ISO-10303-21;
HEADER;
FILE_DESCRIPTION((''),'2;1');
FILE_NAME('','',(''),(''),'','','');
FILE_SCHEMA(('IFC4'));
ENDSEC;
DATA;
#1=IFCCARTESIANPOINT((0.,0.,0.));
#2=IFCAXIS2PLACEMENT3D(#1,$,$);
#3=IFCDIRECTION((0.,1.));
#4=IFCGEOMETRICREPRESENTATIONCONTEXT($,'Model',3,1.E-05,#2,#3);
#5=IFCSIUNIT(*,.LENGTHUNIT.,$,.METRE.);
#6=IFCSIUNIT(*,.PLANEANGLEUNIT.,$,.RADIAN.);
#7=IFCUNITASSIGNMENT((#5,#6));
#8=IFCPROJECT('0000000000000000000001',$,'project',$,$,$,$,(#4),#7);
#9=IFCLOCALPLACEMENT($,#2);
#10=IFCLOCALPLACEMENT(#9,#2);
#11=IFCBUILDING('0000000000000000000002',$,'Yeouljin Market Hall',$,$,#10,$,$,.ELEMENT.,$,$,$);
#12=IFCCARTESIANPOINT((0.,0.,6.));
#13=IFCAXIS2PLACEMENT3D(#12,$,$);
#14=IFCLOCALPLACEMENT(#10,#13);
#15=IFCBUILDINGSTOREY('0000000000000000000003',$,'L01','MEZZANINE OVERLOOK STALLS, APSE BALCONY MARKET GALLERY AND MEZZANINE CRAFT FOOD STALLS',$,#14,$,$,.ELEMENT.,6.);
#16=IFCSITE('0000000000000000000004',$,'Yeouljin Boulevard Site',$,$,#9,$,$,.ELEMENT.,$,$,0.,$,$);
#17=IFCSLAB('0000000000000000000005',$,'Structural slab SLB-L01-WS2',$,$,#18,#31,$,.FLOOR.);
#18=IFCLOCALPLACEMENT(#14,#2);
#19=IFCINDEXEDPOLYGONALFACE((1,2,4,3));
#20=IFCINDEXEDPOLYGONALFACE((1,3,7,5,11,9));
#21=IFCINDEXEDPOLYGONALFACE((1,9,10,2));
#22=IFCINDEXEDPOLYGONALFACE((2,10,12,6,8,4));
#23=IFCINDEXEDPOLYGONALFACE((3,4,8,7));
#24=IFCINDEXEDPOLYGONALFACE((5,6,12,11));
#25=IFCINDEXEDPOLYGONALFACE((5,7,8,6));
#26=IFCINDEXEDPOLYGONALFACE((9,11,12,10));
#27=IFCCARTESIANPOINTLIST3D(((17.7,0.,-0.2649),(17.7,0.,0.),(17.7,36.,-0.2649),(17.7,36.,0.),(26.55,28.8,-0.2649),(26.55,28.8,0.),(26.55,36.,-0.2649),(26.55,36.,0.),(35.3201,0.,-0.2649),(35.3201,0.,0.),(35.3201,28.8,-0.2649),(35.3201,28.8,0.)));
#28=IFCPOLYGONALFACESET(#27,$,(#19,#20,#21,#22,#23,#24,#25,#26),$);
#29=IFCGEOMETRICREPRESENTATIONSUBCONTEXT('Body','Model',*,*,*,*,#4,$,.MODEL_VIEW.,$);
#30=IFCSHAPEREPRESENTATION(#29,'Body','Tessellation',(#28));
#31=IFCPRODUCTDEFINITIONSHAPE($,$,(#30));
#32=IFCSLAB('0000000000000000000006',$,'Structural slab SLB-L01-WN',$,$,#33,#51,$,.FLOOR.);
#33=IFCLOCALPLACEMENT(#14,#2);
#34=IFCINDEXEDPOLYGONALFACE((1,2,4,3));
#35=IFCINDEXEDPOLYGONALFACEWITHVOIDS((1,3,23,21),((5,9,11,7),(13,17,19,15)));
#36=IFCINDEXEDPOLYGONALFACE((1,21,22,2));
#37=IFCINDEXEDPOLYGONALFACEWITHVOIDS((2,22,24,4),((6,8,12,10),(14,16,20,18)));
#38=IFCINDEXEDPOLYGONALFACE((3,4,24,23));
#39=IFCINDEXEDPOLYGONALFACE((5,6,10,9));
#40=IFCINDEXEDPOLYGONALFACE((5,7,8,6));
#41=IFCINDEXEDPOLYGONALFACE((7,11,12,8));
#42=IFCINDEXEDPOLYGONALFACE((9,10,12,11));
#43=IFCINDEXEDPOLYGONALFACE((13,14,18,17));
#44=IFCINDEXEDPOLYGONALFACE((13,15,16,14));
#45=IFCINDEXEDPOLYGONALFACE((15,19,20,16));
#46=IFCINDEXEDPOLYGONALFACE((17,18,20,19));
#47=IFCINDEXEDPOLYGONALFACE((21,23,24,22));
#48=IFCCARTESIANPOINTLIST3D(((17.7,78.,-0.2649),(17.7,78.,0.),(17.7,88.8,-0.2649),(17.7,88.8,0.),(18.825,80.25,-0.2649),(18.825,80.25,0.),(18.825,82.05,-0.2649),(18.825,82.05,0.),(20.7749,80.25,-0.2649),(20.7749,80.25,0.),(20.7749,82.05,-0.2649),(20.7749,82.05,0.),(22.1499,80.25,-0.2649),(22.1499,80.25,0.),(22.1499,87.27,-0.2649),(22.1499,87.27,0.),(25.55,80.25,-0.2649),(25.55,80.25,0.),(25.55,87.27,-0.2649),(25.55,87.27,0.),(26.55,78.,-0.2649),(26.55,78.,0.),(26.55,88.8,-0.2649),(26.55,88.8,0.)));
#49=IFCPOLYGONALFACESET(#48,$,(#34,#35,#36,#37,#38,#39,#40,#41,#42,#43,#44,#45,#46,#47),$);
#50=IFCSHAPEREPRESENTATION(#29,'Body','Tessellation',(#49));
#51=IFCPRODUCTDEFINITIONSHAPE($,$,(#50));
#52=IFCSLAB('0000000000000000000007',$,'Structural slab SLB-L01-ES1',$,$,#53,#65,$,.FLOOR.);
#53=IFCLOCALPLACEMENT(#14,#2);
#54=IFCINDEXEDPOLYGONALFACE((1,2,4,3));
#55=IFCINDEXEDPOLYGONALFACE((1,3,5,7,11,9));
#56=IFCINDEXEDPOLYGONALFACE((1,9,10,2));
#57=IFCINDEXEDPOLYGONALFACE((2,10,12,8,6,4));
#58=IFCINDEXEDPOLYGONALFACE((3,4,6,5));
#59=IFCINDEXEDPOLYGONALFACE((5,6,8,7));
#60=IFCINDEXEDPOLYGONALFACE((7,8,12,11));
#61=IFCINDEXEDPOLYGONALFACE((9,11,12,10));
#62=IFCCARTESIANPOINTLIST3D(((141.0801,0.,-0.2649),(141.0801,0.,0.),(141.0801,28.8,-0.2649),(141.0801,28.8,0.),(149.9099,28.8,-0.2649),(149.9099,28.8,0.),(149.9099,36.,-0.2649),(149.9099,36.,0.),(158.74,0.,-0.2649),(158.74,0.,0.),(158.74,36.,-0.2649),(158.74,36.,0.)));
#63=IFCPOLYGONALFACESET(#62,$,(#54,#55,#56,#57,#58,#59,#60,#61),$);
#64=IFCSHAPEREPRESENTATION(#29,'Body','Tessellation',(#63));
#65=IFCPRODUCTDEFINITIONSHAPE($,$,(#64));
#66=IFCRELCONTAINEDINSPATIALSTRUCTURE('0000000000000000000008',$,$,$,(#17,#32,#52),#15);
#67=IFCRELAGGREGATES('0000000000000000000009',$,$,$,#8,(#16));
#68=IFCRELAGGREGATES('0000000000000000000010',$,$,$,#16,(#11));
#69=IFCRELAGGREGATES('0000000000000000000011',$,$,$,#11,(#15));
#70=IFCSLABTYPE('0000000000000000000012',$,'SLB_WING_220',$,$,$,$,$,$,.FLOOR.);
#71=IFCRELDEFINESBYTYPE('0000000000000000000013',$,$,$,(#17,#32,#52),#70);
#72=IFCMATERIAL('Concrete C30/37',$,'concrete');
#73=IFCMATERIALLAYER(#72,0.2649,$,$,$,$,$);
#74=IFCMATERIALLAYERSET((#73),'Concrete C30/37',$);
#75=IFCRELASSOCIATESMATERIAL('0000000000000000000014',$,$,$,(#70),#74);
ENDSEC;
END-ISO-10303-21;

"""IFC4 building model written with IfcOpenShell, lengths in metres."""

from ifc_helpers import new_model, si_unit, direction, frame, origin, place, context, subcontext, project, spatial, polyline, outline, extrude, material, layer, layer_set, type_object, element, save


model = new_model("IFC4")

# Units and contexts
model_context = context("Model", 3, precision=1e-05, world=origin(), true_north=direction((0.0, 1.0)))
body_context = subcontext(model_context, "Body", "Model", "MODEL_VIEW")
ifc_project = project(units=[si_unit("LENGTHUNIT", "METRE"), si_unit("PLANEANGLEUNIT", "RADIAN")], contexts=[model_context])

# Site, building, storey
site_placement = place(None, origin())
site = spatial("IfcSite", under=ifc_project, at=site_placement, Name="Yeouljin Boulevard Site", CompositionType="ELEMENT", RefElevation=0.0)
building_placement = place(site_placement, origin())
building = spatial("IfcBuilding", under=site, at=building_placement, Name="Yeouljin Market Hall", CompositionType="ELEMENT")
storey_placement = place(building_placement, frame((0.0, 0.0, 6.0)))
storey = spatial("IfcBuildingStorey", under=building, at=storey_placement, Name="L01", Description="MEZZANINE OVERLOOK STALLS, APSE BALCONY MARKET GALLERY AND MEZZANINE CRAFT FOOD STALLS", CompositionType="ELEMENT", Elevation=6.0)

# Slabs
ifc_material_1 = material(Name="Concrete C30/37", Category="concrete")
ifc_layer_1 = layer(ifc_material_1, 0.2649)
ifc_layer_set_1 = layer_set([ifc_layer_1], Name="Concrete C30/37")
slab_type_1 = type_object("IfcSlabType", Name="SLB_WING_220", PredefinedType="FLOOR", material=ifc_layer_set_1)
slab_1_placement = place(storey_placement, frame((0.0, 0.0, -0.2649)))
element("IfcSlab", 1, at=slab_1_placement, inside=storey, type_object=slab_type_1, Name="Structural slab SLB-L01-WS2", PredefinedType="FLOOR", context=body_context, shape_type="SweptSolid", body=[
    extrude(outline(polyline([(17.7, 0.0), (35.3201, 0.0), (35.3201, 28.8), (26.55, 28.8), (26.55, 36.0), (17.7, 36.0), (17.7, 0.0)])), origin(), (0.0, 0.0, 1.0), 0.2649),
])
slab_2_placement = place(storey_placement, frame((0.0, 0.0, -0.2649)))
element("IfcSlab", 2, at=slab_2_placement, inside=storey, type_object=slab_type_1, Name="Structural slab SLB-L01-WN", PredefinedType="FLOOR", context=body_context, shape_type="SweptSolid", body=[
    extrude(outline(polyline([(17.7, 78.0), (26.55, 78.0), (26.55, 88.8), (17.7, 88.8), (17.7, 78.0)]), holes=[polyline([(22.1499, 80.25), (25.55, 80.25), (25.55, 87.27), (22.1499, 87.27), (22.1499, 80.25)]), polyline([(18.825, 80.25), (20.7749, 80.25), (20.7749, 82.05), (18.825, 82.05), (18.825, 80.25)])]), origin(), (0.0, 0.0, 1.0), 0.2649),
])
slab_3_placement = place(storey_placement, frame((0.0, 0.0, -0.2649)))
element("IfcSlab", 3, at=slab_3_placement, inside=storey, type_object=slab_type_1, Name="Structural slab SLB-L01-ES1", PredefinedType="FLOOR", context=body_context, shape_type="SweptSolid", body=[
    extrude(outline(polyline([(141.0801, 0.0), (158.74, 0.0), (158.74, 36.0), (149.9099, 36.0), (149.9099, 28.8), (141.0801, 28.8), (141.0801, 0.0)])), origin(), (0.0, 0.0, 1.0), 0.2649),
])

save(model, "model.ifc")
